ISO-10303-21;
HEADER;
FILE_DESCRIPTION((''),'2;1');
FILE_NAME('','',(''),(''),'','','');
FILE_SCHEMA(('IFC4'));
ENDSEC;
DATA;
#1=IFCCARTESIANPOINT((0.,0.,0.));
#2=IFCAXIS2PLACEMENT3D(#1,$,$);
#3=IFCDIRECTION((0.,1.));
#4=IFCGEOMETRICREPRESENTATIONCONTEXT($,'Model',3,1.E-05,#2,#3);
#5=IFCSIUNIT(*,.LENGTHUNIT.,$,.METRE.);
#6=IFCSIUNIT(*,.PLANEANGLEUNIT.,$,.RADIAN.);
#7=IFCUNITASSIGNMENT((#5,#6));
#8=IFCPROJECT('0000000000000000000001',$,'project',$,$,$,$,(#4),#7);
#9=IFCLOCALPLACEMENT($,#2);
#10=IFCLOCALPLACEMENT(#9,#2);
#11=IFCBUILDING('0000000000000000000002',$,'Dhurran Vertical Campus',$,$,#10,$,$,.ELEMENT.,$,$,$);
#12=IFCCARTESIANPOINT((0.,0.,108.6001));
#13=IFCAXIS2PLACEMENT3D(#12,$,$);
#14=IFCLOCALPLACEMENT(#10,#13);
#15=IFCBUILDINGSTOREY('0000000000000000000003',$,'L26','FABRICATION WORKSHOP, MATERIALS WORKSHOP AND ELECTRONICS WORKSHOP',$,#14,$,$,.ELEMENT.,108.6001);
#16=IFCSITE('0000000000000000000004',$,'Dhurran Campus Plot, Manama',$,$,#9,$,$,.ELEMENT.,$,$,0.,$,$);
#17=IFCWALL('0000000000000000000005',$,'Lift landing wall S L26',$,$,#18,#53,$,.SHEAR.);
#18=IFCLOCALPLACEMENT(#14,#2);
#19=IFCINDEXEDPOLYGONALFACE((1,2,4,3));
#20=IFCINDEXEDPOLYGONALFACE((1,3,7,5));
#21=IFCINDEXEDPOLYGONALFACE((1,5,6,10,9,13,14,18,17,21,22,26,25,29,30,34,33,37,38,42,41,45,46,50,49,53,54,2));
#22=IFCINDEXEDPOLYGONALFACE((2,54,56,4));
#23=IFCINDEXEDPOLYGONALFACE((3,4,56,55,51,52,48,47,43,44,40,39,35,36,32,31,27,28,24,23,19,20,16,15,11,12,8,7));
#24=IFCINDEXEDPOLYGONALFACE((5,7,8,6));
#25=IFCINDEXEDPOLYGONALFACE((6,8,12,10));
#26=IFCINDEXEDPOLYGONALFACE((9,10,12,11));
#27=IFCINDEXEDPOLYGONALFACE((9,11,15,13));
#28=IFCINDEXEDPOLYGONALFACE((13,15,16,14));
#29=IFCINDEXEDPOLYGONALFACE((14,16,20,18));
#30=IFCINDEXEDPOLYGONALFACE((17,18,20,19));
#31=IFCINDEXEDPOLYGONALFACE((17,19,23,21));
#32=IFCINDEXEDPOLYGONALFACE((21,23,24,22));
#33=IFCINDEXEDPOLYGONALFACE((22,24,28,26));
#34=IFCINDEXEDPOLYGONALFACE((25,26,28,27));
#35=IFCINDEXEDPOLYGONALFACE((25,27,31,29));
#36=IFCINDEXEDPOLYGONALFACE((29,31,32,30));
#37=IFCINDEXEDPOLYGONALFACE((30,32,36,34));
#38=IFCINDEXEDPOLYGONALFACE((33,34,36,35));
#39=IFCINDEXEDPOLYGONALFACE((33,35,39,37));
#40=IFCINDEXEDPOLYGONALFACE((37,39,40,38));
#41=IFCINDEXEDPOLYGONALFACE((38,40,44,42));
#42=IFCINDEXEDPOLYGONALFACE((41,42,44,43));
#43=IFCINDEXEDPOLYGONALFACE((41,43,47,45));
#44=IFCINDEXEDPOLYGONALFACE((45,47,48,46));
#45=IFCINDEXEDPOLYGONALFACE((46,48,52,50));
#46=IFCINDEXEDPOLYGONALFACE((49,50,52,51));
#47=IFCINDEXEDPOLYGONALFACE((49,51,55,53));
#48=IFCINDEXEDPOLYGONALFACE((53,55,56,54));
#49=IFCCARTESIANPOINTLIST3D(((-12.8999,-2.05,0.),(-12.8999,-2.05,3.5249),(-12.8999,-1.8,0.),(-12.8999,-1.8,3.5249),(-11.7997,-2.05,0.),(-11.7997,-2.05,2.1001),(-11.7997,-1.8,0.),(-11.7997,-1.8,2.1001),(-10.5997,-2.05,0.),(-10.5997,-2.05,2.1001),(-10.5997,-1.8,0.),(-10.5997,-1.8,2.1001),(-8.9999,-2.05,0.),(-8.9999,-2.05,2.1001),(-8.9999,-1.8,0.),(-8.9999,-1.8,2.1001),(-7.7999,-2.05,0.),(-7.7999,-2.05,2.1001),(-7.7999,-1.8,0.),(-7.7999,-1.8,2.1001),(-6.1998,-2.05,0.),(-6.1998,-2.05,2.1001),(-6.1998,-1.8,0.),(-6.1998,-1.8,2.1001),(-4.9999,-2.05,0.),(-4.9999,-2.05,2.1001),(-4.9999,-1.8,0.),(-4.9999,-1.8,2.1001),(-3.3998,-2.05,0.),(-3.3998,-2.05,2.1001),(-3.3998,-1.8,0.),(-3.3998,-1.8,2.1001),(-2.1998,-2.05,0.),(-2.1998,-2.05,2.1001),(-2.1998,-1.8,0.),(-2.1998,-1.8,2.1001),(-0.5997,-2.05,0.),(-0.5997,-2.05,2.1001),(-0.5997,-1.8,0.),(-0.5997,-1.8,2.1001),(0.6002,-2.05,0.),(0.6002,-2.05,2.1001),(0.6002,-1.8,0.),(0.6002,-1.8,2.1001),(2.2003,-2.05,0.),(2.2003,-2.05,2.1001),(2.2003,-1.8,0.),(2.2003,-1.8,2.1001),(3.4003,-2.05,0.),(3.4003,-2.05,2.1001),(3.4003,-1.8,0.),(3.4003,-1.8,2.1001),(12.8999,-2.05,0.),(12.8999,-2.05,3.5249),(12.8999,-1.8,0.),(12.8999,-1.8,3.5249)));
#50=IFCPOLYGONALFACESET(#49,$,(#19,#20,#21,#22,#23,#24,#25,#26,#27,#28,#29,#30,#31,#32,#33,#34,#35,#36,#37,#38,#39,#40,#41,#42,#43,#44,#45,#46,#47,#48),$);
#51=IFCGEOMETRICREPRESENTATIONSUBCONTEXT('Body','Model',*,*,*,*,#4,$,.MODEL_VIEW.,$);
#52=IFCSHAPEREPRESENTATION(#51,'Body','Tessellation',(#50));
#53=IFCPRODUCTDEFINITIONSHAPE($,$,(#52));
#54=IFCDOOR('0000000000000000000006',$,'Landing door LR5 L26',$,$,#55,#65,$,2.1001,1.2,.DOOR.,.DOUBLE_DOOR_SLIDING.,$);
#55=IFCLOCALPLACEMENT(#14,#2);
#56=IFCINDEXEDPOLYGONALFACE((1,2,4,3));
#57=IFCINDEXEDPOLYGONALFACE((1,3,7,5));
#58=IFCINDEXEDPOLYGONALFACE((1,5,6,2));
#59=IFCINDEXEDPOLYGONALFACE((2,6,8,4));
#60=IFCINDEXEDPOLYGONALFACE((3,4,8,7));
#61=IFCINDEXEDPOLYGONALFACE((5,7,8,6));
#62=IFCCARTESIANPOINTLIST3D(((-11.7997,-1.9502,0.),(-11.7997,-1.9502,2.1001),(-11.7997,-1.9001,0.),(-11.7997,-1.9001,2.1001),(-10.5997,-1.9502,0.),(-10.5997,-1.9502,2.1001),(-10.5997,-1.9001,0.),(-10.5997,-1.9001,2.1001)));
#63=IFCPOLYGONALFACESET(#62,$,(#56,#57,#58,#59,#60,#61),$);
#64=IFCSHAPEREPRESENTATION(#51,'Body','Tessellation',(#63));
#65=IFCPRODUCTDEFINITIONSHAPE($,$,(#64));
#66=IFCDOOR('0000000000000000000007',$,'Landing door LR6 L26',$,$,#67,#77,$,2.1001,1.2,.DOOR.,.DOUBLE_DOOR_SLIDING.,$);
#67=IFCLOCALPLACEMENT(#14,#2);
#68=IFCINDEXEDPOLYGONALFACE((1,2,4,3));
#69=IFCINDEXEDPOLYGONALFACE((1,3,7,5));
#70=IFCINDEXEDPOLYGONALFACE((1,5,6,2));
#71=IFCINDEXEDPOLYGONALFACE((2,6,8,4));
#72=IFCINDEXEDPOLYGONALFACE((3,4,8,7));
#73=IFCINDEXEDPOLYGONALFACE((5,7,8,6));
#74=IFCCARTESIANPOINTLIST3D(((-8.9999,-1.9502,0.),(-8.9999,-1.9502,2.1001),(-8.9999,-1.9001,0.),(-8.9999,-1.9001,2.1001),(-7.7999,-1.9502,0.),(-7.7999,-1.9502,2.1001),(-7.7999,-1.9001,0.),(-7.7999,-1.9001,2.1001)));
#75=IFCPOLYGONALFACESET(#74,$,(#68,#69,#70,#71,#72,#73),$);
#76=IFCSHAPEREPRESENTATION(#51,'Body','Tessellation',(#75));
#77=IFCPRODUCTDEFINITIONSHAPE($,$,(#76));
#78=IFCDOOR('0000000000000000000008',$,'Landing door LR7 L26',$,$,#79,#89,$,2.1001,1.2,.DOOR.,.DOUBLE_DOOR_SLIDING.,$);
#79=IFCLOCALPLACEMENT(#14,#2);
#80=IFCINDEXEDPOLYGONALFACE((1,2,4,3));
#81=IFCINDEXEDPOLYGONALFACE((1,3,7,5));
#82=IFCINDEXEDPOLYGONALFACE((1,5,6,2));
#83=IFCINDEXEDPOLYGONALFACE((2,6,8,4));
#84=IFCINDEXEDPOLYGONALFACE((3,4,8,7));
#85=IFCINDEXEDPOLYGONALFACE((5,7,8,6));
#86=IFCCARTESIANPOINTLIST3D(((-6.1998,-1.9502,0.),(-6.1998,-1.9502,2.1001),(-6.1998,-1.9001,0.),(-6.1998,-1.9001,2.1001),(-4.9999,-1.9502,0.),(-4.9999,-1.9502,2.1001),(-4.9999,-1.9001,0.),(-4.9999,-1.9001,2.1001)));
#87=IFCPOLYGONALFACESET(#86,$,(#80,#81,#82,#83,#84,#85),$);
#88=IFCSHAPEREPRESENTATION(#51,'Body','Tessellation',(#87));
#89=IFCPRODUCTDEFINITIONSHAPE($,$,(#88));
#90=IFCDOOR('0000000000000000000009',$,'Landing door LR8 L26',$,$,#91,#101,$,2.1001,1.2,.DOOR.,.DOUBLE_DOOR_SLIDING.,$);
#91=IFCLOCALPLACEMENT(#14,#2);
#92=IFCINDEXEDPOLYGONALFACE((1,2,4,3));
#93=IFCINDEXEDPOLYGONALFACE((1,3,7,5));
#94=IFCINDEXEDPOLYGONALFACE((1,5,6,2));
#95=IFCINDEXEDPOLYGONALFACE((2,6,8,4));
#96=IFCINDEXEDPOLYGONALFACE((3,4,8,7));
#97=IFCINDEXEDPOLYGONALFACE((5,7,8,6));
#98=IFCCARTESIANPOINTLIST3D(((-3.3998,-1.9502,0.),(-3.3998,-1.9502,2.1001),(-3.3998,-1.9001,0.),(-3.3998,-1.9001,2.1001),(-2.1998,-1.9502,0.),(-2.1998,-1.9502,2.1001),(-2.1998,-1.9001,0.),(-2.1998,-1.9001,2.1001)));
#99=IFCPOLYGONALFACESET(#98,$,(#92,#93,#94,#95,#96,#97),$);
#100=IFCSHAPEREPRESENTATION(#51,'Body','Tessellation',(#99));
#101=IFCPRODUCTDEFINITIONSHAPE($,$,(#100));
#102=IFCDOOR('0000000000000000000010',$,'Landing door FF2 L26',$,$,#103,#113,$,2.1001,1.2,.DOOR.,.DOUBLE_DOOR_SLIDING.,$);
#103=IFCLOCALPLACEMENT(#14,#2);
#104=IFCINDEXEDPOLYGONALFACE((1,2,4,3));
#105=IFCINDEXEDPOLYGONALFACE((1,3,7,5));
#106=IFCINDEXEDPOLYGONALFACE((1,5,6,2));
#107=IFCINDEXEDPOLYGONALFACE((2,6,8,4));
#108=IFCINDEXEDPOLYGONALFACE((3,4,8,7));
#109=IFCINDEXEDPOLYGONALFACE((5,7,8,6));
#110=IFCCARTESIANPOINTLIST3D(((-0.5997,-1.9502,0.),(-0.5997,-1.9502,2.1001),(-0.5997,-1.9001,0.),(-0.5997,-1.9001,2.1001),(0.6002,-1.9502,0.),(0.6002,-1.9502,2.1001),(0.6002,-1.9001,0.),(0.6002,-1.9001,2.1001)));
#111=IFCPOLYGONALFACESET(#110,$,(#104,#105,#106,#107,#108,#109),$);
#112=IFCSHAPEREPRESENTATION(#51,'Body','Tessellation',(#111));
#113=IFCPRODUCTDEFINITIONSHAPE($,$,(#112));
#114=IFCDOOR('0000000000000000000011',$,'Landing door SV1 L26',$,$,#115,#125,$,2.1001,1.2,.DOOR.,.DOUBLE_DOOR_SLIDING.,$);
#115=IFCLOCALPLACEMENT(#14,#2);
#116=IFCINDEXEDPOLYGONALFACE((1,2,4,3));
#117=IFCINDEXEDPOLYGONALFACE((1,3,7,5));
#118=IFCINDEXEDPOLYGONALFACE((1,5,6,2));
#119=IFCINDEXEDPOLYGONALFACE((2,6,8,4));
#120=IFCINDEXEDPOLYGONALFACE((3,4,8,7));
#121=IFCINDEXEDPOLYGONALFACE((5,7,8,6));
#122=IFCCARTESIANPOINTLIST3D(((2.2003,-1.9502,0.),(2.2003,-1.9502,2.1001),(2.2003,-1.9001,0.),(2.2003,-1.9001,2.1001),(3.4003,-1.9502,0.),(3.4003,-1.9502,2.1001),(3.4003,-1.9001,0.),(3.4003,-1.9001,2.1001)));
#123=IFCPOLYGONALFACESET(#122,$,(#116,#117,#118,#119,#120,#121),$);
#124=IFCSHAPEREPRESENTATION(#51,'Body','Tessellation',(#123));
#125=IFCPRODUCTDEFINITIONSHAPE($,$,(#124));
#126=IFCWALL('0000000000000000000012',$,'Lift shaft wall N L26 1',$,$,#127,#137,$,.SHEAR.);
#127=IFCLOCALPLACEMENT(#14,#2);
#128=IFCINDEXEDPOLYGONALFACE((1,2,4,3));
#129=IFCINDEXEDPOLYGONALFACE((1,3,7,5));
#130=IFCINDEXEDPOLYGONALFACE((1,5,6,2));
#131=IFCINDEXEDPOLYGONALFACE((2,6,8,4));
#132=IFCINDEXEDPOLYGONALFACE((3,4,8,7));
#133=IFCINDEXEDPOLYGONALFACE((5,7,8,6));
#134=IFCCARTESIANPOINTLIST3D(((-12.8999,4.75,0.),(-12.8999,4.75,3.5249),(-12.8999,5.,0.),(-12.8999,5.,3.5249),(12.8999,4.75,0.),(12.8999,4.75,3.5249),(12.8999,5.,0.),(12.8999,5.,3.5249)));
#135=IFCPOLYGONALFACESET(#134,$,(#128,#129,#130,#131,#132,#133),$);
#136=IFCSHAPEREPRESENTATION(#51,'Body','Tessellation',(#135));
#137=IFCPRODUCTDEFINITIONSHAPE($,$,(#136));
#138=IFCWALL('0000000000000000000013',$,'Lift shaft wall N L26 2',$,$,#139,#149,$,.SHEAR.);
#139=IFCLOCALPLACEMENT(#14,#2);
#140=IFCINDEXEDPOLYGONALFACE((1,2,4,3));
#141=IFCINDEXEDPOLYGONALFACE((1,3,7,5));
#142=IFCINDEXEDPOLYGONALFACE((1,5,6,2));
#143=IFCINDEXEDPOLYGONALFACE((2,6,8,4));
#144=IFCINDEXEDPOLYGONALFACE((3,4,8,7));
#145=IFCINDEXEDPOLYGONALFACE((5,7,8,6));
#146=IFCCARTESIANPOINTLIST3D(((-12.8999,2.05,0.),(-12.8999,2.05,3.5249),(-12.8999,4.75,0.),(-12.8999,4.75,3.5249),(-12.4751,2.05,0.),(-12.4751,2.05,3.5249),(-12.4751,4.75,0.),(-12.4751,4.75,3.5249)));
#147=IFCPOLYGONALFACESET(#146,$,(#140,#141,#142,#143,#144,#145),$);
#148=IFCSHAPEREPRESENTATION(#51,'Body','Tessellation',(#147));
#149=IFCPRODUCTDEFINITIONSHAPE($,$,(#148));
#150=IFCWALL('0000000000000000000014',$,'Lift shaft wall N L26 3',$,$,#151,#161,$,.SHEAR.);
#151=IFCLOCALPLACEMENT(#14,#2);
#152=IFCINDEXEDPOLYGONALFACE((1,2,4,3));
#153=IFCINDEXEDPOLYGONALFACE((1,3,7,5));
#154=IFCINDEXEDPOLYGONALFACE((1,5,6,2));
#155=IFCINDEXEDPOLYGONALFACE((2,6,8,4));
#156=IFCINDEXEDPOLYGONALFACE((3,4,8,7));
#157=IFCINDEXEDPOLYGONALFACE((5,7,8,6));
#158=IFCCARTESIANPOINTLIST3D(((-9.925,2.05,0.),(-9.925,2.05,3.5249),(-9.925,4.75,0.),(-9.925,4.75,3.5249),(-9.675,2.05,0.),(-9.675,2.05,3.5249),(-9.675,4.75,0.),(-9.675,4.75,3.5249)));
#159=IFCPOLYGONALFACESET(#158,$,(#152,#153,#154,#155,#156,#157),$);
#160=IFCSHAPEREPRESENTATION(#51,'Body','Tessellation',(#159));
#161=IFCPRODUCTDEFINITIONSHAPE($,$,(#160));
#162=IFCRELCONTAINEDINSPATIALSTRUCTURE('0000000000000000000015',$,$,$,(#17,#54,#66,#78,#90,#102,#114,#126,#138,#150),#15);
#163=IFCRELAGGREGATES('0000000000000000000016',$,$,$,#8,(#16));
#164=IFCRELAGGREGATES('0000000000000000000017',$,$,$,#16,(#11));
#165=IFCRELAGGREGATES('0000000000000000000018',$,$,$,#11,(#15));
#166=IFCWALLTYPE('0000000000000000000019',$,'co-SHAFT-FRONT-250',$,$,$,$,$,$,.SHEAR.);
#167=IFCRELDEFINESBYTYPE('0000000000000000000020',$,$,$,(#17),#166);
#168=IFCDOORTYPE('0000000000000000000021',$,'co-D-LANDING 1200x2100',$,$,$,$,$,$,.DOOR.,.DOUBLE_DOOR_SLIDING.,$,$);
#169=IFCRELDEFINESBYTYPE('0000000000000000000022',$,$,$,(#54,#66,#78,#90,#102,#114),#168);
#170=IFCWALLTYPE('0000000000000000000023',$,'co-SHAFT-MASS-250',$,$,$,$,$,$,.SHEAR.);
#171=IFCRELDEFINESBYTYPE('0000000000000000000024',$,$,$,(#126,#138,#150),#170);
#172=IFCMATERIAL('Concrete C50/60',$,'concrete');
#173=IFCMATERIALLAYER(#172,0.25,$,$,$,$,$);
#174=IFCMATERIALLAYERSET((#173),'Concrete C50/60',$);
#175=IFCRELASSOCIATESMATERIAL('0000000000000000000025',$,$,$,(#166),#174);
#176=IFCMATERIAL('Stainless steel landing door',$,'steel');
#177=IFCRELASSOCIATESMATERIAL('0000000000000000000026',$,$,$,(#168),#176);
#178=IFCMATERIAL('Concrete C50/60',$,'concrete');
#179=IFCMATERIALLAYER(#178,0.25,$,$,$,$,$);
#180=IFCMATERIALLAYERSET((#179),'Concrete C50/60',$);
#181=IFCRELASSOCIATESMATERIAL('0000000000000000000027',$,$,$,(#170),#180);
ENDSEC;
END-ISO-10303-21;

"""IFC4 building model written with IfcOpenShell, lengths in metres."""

from ifc_helpers import new_model, si_unit, direction, frame, frame_2d, origin, place, context, subcontext, project, spatial, polyline, rectangle, outline, extrude, material, layer, layer_set, type_object, element, fill, save


model = new_model("IFC4")

# Units and contexts
model_context = context("Model", 3, precision=1e-05, world=origin(), true_north=direction((0.0, 1.0)))
body_context = subcontext(model_context, "Body", "Model", "MODEL_VIEW")
ifc_project = project(units=[si_unit("LENGTHUNIT", "METRE"), si_unit("PLANEANGLEUNIT", "RADIAN")], contexts=[model_context])

# Site, building, storey
site_placement = place(None, origin())
site = spatial("IfcSite", under=ifc_project, at=site_placement, Name="Dhurran Campus Plot, Manama", CompositionType="ELEMENT", RefElevation=0.0)
building_placement = place(site_placement, origin())
building = spatial("IfcBuilding", under=site, at=building_placement, Name="Dhurran Vertical Campus", CompositionType="ELEMENT")
storey_placement = place(building_placement, frame((0.0, 0.0, 108.6001)))
storey = spatial("IfcBuildingStorey", under=building, at=storey_placement, Name="L26", Description="FABRICATION WORKSHOP, MATERIALS WORKSHOP AND ELECTRONICS WORKSHOP", CompositionType="ELEMENT", Elevation=108.6001)

# Wall, openings, doors
ifc_material_1 = material(Name="Concrete C50/60", Category="concrete")
ifc_layer_1 = layer(ifc_material_1, 0.25)
ifc_layer_set_1 = layer_set([ifc_layer_1], Name="Concrete C50/60")
wall_type_1 = type_object("IfcWallType", Name="co-SHAFT-FRONT-250", PredefinedType="SHEAR", material=ifc_layer_set_1)
wall_1_placement = place(storey_placement, frame((-12.8999, -1.925, 0.0), z_axis=(0.0, 0.0, 1.0), x_axis=(1.0, 0.0, 0.0)))
wall_1 = element("IfcWall", 1, at=wall_1_placement, inside=storey, type_object=wall_type_1, Name="Lift landing wall S L26", PredefinedType="SHEAR", context=body_context, shape_type="SweptSolid", body=[
    extrude(rectangle(XDim=25.7998, YDim=0.25, at=frame_2d((12.8999, 0.0))), origin(), (0.0, 0.0, 1.0), 3.5249),
])
opening_1_placement = place(wall_1_placement, frame((1.1001, 0.0, 0.0)))
opening_1 = element("IfcOpeningElement", 2, at=opening_1_placement, cuts=wall_1, PredefinedType="OPENING", context=body_context, shape_type="SweptSolid", body=[
    extrude(rectangle(XDim=1.2, YDim=2.1001, at=frame_2d((0.6001, 1.05))), frame((0.0, 0.135, 0.0), z_axis=(0.0, -1.0, 0.0), x_axis=(1.0, 0.0, 0.0)), (0.0, 0.0, 1.0), 0.27),
])
opening_2_placement = place(wall_1_placement, frame((3.8999, 0.0, 0.0)))
opening_2 = element("IfcOpeningElement", 3, at=opening_2_placement, cuts=wall_1, PredefinedType="OPENING", context=body_context, shape_type="SweptSolid", body=[
    extrude(rectangle(XDim=1.2, YDim=2.1001, at=frame_2d((0.6001, 1.05))), frame((0.0, 0.135, 0.0), z_axis=(0.0, -1.0, 0.0), x_axis=(1.0, 0.0, 0.0)), (0.0, 0.0, 1.0), 0.27),
])
opening_3_placement = place(wall_1_placement, frame((6.7, 0.0, 0.0)))
opening_3 = element("IfcOpeningElement", 4, at=opening_3_placement, cuts=wall_1, PredefinedType="OPENING", context=body_context, shape_type="SweptSolid", body=[
    extrude(rectangle(XDim=1.2, YDim=2.1001, at=frame_2d((0.6001, 1.05))), frame((0.0, 0.135, 0.0), z_axis=(0.0, -1.0, 0.0), x_axis=(1.0, 0.0, 0.0)), (0.0, 0.0, 1.0), 0.27),
])
opening_4_placement = place(wall_1_placement, frame((9.5, 0.0, 0.0)))
opening_4 = element("IfcOpeningElement", 5, at=opening_4_placement, cuts=wall_1, PredefinedType="OPENING", context=body_context, shape_type="SweptSolid", body=[
    extrude(rectangle(XDim=1.2, YDim=2.1001, at=frame_2d((0.6001, 1.05))), frame((0.0, 0.135, 0.0), z_axis=(0.0, -1.0, 0.0), x_axis=(1.0, 0.0, 0.0)), (0.0, 0.0, 1.0), 0.27),
])
opening_5_placement = place(wall_1_placement, frame((12.3, 0.0, 0.0)))
opening_5 = element("IfcOpeningElement", 6, at=opening_5_placement, cuts=wall_1, PredefinedType="OPENING", context=body_context, shape_type="SweptSolid", body=[
    extrude(rectangle(XDim=1.2, YDim=2.1001, at=frame_2d((0.6001, 1.05))), frame((0.0, 0.135, 0.0), z_axis=(0.0, -1.0, 0.0), x_axis=(1.0, 0.0, 0.0)), (0.0, 0.0, 1.0), 0.27),
])
opening_6_placement = place(wall_1_placement, frame((15.1001, 0.0, 0.0)))
opening_6 = element("IfcOpeningElement", 7, at=opening_6_placement, cuts=wall_1, PredefinedType="OPENING", context=body_context, shape_type="SweptSolid", body=[
    extrude(rectangle(XDim=1.2, YDim=2.1001, at=frame_2d((0.6001, 1.05))), frame((0.0, 0.135, 0.0), z_axis=(0.0, -1.0, 0.0), x_axis=(1.0, 0.0, 0.0)), (0.0, 0.0, 1.0), 0.27),
])
ifc_material_2 = material(Name="Stainless steel landing door", Category="steel")
door_type_1 = type_object("IfcDoorType", Name="co-D-LANDING 1200x2100", OperationType="DOUBLE_DOOR_SLIDING", PredefinedType="DOOR", material=ifc_material_2)
door_1_placement = place(opening_1_placement, origin())
door_1 = element("IfcDoor", 8, at=door_1_placement, inside=storey, type_object=door_type_1, Name="Landing door LR5 L26", OperationType="DOUBLE_DOOR_SLIDING", OverallHeight=2.1001, OverallWidth=1.2, PredefinedType="DOOR", context=body_context, shape_type="SweptSolid", body=[
    extrude(rectangle(XDim=1.2, YDim=2.1001, at=frame_2d((0.6001, 1.05))), frame((0.0, 0.0249, 0.0), z_axis=(0.0, -1.0, 0.0), x_axis=(1.0, 0.0, 0.0)), (0.0, 0.0, 1.0), 0.05),
])
fill(opening_1, door_1)
door_2_placement = place(opening_2_placement, origin())
door_2 = element("IfcDoor", 9, at=door_2_placement, inside=storey, type_object=door_type_1, Name="Landing door LR6 L26", OperationType="DOUBLE_DOOR_SLIDING", OverallHeight=2.1001, OverallWidth=1.2, PredefinedType="DOOR", context=body_context, shape_type="SweptSolid", body=[
    extrude(rectangle(XDim=1.2, YDim=2.1001, at=frame_2d((0.6001, 1.05))), frame((0.0, 0.0249, 0.0), z_axis=(0.0, -1.0, 0.0), x_axis=(1.0, 0.0, 0.0)), (0.0, 0.0, 1.0), 0.05),
])
fill(opening_2, door_2)
door_3_placement = place(opening_3_placement, origin())
door_3 = element("IfcDoor", 10, at=door_3_placement, inside=storey, type_object=door_type_1, Name="Landing door LR7 L26", OperationType="DOUBLE_DOOR_SLIDING", OverallHeight=2.1001, OverallWidth=1.2, PredefinedType="DOOR", context=body_context, shape_type="SweptSolid", body=[
    extrude(rectangle(XDim=1.2, YDim=2.1001, at=frame_2d((0.6001, 1.05))), frame((0.0, 0.0249, 0.0), z_axis=(0.0, -1.0, 0.0), x_axis=(1.0, 0.0, 0.0)), (0.0, 0.0, 1.0), 0.05),
])
fill(opening_3, door_3)
door_4_placement = place(opening_4_placement, origin())
door_4 = element("IfcDoor", 11, at=door_4_placement, inside=storey, type_object=door_type_1, Name="Landing door LR8 L26", OperationType="DOUBLE_DOOR_SLIDING", OverallHeight=2.1001, OverallWidth=1.2, PredefinedType="DOOR", context=body_context, shape_type="SweptSolid", body=[
    extrude(rectangle(XDim=1.2, YDim=2.1001, at=frame_2d((0.6001, 1.05))), frame((0.0, 0.0249, 0.0), z_axis=(0.0, -1.0, 0.0), x_axis=(1.0, 0.0, 0.0)), (0.0, 0.0, 1.0), 0.05),
])
fill(opening_4, door_4)
door_5_placement = place(opening_5_placement, origin())
door_5 = element("IfcDoor", 12, at=door_5_placement, inside=storey, type_object=door_type_1, Name="Landing door FF2 L26", OperationType="DOUBLE_DOOR_SLIDING", OverallHeight=2.1001, OverallWidth=1.2, PredefinedType="DOOR", context=body_context, shape_type="SweptSolid", body=[
    extrude(rectangle(XDim=1.2, YDim=2.1001, at=frame_2d((0.6001, 1.05))), frame((0.0, 0.0249, 0.0), z_axis=(0.0, -1.0, 0.0), x_axis=(1.0, 0.0, 0.0)), (0.0, 0.0, 1.0), 0.05),
])
fill(opening_5, door_5)
door_6_placement = place(opening_6_placement, origin())
door_6 = element("IfcDoor", 13, at=door_6_placement, inside=storey, type_object=door_type_1, Name="Landing door SV1 L26", OperationType="DOUBLE_DOOR_SLIDING", OverallHeight=2.1001, OverallWidth=1.2, PredefinedType="DOOR", context=body_context, shape_type="SweptSolid", body=[
    extrude(rectangle(XDim=1.2, YDim=2.1001, at=frame_2d((0.6001, 1.05))), frame((0.0, 0.0249, 0.0), z_axis=(0.0, -1.0, 0.0), x_axis=(1.0, 0.0, 0.0)), (0.0, 0.0, 1.0), 0.05),
])
fill(opening_6, door_6)

# Walls
ifc_material_3 = material(Name="Concrete C50/60", Category="concrete")
ifc_layer_2 = layer(ifc_material_3, 0.25)
ifc_layer_set_2 = layer_set([ifc_layer_2], Name="Concrete C50/60")
wall_type_2 = type_object("IfcWallType", Name="co-SHAFT-MASS-250", PredefinedType="SHEAR", material=ifc_layer_set_2)
wall_2_placement = place(storey_placement, origin())
element("IfcWall", 14, at=wall_2_placement, inside=storey, type_object=wall_type_2, Name="Lift shaft wall N L26 1", PredefinedType="SHEAR", context=body_context, shape_type="SweptSolid", body=[
    extrude(outline(polyline([(-12.8999, 4.75), (12.8999, 4.75), (12.8999, 5.0), (-12.8999, 5.0), (-12.8999, 4.75)])), origin(), (0.0, 0.0, 1.0), 3.5249),
])
wall_3_placement = place(storey_placement, origin())
element("IfcWall", 15, at=wall_3_placement, inside=storey, type_object=wall_type_2, Name="Lift shaft wall N L26 2", PredefinedType="SHEAR", context=body_context, shape_type="SweptSolid", body=[
    extrude(outline(polyline([(-12.8999, 2.05), (-12.4751, 2.05), (-12.4751, 4.75), (-12.8999, 4.75), (-12.8999, 2.05)])), origin(), (0.0, 0.0, 1.0), 3.5249),
])
wall_4_placement = place(storey_placement, origin())
element("IfcWall", 16, at=wall_4_placement, inside=storey, type_object=wall_type_2, Name="Lift shaft wall N L26 3", PredefinedType="SHEAR", context=body_context, shape_type="SweptSolid", body=[
    extrude(outline(polyline([(-9.925, 2.05), (-9.675, 2.05), (-9.675, 4.75), (-9.925, 4.75), (-9.925, 2.05)])), origin(), (0.0, 0.0, 1.0), 3.5249),
])

save(model, "model.ifc")
